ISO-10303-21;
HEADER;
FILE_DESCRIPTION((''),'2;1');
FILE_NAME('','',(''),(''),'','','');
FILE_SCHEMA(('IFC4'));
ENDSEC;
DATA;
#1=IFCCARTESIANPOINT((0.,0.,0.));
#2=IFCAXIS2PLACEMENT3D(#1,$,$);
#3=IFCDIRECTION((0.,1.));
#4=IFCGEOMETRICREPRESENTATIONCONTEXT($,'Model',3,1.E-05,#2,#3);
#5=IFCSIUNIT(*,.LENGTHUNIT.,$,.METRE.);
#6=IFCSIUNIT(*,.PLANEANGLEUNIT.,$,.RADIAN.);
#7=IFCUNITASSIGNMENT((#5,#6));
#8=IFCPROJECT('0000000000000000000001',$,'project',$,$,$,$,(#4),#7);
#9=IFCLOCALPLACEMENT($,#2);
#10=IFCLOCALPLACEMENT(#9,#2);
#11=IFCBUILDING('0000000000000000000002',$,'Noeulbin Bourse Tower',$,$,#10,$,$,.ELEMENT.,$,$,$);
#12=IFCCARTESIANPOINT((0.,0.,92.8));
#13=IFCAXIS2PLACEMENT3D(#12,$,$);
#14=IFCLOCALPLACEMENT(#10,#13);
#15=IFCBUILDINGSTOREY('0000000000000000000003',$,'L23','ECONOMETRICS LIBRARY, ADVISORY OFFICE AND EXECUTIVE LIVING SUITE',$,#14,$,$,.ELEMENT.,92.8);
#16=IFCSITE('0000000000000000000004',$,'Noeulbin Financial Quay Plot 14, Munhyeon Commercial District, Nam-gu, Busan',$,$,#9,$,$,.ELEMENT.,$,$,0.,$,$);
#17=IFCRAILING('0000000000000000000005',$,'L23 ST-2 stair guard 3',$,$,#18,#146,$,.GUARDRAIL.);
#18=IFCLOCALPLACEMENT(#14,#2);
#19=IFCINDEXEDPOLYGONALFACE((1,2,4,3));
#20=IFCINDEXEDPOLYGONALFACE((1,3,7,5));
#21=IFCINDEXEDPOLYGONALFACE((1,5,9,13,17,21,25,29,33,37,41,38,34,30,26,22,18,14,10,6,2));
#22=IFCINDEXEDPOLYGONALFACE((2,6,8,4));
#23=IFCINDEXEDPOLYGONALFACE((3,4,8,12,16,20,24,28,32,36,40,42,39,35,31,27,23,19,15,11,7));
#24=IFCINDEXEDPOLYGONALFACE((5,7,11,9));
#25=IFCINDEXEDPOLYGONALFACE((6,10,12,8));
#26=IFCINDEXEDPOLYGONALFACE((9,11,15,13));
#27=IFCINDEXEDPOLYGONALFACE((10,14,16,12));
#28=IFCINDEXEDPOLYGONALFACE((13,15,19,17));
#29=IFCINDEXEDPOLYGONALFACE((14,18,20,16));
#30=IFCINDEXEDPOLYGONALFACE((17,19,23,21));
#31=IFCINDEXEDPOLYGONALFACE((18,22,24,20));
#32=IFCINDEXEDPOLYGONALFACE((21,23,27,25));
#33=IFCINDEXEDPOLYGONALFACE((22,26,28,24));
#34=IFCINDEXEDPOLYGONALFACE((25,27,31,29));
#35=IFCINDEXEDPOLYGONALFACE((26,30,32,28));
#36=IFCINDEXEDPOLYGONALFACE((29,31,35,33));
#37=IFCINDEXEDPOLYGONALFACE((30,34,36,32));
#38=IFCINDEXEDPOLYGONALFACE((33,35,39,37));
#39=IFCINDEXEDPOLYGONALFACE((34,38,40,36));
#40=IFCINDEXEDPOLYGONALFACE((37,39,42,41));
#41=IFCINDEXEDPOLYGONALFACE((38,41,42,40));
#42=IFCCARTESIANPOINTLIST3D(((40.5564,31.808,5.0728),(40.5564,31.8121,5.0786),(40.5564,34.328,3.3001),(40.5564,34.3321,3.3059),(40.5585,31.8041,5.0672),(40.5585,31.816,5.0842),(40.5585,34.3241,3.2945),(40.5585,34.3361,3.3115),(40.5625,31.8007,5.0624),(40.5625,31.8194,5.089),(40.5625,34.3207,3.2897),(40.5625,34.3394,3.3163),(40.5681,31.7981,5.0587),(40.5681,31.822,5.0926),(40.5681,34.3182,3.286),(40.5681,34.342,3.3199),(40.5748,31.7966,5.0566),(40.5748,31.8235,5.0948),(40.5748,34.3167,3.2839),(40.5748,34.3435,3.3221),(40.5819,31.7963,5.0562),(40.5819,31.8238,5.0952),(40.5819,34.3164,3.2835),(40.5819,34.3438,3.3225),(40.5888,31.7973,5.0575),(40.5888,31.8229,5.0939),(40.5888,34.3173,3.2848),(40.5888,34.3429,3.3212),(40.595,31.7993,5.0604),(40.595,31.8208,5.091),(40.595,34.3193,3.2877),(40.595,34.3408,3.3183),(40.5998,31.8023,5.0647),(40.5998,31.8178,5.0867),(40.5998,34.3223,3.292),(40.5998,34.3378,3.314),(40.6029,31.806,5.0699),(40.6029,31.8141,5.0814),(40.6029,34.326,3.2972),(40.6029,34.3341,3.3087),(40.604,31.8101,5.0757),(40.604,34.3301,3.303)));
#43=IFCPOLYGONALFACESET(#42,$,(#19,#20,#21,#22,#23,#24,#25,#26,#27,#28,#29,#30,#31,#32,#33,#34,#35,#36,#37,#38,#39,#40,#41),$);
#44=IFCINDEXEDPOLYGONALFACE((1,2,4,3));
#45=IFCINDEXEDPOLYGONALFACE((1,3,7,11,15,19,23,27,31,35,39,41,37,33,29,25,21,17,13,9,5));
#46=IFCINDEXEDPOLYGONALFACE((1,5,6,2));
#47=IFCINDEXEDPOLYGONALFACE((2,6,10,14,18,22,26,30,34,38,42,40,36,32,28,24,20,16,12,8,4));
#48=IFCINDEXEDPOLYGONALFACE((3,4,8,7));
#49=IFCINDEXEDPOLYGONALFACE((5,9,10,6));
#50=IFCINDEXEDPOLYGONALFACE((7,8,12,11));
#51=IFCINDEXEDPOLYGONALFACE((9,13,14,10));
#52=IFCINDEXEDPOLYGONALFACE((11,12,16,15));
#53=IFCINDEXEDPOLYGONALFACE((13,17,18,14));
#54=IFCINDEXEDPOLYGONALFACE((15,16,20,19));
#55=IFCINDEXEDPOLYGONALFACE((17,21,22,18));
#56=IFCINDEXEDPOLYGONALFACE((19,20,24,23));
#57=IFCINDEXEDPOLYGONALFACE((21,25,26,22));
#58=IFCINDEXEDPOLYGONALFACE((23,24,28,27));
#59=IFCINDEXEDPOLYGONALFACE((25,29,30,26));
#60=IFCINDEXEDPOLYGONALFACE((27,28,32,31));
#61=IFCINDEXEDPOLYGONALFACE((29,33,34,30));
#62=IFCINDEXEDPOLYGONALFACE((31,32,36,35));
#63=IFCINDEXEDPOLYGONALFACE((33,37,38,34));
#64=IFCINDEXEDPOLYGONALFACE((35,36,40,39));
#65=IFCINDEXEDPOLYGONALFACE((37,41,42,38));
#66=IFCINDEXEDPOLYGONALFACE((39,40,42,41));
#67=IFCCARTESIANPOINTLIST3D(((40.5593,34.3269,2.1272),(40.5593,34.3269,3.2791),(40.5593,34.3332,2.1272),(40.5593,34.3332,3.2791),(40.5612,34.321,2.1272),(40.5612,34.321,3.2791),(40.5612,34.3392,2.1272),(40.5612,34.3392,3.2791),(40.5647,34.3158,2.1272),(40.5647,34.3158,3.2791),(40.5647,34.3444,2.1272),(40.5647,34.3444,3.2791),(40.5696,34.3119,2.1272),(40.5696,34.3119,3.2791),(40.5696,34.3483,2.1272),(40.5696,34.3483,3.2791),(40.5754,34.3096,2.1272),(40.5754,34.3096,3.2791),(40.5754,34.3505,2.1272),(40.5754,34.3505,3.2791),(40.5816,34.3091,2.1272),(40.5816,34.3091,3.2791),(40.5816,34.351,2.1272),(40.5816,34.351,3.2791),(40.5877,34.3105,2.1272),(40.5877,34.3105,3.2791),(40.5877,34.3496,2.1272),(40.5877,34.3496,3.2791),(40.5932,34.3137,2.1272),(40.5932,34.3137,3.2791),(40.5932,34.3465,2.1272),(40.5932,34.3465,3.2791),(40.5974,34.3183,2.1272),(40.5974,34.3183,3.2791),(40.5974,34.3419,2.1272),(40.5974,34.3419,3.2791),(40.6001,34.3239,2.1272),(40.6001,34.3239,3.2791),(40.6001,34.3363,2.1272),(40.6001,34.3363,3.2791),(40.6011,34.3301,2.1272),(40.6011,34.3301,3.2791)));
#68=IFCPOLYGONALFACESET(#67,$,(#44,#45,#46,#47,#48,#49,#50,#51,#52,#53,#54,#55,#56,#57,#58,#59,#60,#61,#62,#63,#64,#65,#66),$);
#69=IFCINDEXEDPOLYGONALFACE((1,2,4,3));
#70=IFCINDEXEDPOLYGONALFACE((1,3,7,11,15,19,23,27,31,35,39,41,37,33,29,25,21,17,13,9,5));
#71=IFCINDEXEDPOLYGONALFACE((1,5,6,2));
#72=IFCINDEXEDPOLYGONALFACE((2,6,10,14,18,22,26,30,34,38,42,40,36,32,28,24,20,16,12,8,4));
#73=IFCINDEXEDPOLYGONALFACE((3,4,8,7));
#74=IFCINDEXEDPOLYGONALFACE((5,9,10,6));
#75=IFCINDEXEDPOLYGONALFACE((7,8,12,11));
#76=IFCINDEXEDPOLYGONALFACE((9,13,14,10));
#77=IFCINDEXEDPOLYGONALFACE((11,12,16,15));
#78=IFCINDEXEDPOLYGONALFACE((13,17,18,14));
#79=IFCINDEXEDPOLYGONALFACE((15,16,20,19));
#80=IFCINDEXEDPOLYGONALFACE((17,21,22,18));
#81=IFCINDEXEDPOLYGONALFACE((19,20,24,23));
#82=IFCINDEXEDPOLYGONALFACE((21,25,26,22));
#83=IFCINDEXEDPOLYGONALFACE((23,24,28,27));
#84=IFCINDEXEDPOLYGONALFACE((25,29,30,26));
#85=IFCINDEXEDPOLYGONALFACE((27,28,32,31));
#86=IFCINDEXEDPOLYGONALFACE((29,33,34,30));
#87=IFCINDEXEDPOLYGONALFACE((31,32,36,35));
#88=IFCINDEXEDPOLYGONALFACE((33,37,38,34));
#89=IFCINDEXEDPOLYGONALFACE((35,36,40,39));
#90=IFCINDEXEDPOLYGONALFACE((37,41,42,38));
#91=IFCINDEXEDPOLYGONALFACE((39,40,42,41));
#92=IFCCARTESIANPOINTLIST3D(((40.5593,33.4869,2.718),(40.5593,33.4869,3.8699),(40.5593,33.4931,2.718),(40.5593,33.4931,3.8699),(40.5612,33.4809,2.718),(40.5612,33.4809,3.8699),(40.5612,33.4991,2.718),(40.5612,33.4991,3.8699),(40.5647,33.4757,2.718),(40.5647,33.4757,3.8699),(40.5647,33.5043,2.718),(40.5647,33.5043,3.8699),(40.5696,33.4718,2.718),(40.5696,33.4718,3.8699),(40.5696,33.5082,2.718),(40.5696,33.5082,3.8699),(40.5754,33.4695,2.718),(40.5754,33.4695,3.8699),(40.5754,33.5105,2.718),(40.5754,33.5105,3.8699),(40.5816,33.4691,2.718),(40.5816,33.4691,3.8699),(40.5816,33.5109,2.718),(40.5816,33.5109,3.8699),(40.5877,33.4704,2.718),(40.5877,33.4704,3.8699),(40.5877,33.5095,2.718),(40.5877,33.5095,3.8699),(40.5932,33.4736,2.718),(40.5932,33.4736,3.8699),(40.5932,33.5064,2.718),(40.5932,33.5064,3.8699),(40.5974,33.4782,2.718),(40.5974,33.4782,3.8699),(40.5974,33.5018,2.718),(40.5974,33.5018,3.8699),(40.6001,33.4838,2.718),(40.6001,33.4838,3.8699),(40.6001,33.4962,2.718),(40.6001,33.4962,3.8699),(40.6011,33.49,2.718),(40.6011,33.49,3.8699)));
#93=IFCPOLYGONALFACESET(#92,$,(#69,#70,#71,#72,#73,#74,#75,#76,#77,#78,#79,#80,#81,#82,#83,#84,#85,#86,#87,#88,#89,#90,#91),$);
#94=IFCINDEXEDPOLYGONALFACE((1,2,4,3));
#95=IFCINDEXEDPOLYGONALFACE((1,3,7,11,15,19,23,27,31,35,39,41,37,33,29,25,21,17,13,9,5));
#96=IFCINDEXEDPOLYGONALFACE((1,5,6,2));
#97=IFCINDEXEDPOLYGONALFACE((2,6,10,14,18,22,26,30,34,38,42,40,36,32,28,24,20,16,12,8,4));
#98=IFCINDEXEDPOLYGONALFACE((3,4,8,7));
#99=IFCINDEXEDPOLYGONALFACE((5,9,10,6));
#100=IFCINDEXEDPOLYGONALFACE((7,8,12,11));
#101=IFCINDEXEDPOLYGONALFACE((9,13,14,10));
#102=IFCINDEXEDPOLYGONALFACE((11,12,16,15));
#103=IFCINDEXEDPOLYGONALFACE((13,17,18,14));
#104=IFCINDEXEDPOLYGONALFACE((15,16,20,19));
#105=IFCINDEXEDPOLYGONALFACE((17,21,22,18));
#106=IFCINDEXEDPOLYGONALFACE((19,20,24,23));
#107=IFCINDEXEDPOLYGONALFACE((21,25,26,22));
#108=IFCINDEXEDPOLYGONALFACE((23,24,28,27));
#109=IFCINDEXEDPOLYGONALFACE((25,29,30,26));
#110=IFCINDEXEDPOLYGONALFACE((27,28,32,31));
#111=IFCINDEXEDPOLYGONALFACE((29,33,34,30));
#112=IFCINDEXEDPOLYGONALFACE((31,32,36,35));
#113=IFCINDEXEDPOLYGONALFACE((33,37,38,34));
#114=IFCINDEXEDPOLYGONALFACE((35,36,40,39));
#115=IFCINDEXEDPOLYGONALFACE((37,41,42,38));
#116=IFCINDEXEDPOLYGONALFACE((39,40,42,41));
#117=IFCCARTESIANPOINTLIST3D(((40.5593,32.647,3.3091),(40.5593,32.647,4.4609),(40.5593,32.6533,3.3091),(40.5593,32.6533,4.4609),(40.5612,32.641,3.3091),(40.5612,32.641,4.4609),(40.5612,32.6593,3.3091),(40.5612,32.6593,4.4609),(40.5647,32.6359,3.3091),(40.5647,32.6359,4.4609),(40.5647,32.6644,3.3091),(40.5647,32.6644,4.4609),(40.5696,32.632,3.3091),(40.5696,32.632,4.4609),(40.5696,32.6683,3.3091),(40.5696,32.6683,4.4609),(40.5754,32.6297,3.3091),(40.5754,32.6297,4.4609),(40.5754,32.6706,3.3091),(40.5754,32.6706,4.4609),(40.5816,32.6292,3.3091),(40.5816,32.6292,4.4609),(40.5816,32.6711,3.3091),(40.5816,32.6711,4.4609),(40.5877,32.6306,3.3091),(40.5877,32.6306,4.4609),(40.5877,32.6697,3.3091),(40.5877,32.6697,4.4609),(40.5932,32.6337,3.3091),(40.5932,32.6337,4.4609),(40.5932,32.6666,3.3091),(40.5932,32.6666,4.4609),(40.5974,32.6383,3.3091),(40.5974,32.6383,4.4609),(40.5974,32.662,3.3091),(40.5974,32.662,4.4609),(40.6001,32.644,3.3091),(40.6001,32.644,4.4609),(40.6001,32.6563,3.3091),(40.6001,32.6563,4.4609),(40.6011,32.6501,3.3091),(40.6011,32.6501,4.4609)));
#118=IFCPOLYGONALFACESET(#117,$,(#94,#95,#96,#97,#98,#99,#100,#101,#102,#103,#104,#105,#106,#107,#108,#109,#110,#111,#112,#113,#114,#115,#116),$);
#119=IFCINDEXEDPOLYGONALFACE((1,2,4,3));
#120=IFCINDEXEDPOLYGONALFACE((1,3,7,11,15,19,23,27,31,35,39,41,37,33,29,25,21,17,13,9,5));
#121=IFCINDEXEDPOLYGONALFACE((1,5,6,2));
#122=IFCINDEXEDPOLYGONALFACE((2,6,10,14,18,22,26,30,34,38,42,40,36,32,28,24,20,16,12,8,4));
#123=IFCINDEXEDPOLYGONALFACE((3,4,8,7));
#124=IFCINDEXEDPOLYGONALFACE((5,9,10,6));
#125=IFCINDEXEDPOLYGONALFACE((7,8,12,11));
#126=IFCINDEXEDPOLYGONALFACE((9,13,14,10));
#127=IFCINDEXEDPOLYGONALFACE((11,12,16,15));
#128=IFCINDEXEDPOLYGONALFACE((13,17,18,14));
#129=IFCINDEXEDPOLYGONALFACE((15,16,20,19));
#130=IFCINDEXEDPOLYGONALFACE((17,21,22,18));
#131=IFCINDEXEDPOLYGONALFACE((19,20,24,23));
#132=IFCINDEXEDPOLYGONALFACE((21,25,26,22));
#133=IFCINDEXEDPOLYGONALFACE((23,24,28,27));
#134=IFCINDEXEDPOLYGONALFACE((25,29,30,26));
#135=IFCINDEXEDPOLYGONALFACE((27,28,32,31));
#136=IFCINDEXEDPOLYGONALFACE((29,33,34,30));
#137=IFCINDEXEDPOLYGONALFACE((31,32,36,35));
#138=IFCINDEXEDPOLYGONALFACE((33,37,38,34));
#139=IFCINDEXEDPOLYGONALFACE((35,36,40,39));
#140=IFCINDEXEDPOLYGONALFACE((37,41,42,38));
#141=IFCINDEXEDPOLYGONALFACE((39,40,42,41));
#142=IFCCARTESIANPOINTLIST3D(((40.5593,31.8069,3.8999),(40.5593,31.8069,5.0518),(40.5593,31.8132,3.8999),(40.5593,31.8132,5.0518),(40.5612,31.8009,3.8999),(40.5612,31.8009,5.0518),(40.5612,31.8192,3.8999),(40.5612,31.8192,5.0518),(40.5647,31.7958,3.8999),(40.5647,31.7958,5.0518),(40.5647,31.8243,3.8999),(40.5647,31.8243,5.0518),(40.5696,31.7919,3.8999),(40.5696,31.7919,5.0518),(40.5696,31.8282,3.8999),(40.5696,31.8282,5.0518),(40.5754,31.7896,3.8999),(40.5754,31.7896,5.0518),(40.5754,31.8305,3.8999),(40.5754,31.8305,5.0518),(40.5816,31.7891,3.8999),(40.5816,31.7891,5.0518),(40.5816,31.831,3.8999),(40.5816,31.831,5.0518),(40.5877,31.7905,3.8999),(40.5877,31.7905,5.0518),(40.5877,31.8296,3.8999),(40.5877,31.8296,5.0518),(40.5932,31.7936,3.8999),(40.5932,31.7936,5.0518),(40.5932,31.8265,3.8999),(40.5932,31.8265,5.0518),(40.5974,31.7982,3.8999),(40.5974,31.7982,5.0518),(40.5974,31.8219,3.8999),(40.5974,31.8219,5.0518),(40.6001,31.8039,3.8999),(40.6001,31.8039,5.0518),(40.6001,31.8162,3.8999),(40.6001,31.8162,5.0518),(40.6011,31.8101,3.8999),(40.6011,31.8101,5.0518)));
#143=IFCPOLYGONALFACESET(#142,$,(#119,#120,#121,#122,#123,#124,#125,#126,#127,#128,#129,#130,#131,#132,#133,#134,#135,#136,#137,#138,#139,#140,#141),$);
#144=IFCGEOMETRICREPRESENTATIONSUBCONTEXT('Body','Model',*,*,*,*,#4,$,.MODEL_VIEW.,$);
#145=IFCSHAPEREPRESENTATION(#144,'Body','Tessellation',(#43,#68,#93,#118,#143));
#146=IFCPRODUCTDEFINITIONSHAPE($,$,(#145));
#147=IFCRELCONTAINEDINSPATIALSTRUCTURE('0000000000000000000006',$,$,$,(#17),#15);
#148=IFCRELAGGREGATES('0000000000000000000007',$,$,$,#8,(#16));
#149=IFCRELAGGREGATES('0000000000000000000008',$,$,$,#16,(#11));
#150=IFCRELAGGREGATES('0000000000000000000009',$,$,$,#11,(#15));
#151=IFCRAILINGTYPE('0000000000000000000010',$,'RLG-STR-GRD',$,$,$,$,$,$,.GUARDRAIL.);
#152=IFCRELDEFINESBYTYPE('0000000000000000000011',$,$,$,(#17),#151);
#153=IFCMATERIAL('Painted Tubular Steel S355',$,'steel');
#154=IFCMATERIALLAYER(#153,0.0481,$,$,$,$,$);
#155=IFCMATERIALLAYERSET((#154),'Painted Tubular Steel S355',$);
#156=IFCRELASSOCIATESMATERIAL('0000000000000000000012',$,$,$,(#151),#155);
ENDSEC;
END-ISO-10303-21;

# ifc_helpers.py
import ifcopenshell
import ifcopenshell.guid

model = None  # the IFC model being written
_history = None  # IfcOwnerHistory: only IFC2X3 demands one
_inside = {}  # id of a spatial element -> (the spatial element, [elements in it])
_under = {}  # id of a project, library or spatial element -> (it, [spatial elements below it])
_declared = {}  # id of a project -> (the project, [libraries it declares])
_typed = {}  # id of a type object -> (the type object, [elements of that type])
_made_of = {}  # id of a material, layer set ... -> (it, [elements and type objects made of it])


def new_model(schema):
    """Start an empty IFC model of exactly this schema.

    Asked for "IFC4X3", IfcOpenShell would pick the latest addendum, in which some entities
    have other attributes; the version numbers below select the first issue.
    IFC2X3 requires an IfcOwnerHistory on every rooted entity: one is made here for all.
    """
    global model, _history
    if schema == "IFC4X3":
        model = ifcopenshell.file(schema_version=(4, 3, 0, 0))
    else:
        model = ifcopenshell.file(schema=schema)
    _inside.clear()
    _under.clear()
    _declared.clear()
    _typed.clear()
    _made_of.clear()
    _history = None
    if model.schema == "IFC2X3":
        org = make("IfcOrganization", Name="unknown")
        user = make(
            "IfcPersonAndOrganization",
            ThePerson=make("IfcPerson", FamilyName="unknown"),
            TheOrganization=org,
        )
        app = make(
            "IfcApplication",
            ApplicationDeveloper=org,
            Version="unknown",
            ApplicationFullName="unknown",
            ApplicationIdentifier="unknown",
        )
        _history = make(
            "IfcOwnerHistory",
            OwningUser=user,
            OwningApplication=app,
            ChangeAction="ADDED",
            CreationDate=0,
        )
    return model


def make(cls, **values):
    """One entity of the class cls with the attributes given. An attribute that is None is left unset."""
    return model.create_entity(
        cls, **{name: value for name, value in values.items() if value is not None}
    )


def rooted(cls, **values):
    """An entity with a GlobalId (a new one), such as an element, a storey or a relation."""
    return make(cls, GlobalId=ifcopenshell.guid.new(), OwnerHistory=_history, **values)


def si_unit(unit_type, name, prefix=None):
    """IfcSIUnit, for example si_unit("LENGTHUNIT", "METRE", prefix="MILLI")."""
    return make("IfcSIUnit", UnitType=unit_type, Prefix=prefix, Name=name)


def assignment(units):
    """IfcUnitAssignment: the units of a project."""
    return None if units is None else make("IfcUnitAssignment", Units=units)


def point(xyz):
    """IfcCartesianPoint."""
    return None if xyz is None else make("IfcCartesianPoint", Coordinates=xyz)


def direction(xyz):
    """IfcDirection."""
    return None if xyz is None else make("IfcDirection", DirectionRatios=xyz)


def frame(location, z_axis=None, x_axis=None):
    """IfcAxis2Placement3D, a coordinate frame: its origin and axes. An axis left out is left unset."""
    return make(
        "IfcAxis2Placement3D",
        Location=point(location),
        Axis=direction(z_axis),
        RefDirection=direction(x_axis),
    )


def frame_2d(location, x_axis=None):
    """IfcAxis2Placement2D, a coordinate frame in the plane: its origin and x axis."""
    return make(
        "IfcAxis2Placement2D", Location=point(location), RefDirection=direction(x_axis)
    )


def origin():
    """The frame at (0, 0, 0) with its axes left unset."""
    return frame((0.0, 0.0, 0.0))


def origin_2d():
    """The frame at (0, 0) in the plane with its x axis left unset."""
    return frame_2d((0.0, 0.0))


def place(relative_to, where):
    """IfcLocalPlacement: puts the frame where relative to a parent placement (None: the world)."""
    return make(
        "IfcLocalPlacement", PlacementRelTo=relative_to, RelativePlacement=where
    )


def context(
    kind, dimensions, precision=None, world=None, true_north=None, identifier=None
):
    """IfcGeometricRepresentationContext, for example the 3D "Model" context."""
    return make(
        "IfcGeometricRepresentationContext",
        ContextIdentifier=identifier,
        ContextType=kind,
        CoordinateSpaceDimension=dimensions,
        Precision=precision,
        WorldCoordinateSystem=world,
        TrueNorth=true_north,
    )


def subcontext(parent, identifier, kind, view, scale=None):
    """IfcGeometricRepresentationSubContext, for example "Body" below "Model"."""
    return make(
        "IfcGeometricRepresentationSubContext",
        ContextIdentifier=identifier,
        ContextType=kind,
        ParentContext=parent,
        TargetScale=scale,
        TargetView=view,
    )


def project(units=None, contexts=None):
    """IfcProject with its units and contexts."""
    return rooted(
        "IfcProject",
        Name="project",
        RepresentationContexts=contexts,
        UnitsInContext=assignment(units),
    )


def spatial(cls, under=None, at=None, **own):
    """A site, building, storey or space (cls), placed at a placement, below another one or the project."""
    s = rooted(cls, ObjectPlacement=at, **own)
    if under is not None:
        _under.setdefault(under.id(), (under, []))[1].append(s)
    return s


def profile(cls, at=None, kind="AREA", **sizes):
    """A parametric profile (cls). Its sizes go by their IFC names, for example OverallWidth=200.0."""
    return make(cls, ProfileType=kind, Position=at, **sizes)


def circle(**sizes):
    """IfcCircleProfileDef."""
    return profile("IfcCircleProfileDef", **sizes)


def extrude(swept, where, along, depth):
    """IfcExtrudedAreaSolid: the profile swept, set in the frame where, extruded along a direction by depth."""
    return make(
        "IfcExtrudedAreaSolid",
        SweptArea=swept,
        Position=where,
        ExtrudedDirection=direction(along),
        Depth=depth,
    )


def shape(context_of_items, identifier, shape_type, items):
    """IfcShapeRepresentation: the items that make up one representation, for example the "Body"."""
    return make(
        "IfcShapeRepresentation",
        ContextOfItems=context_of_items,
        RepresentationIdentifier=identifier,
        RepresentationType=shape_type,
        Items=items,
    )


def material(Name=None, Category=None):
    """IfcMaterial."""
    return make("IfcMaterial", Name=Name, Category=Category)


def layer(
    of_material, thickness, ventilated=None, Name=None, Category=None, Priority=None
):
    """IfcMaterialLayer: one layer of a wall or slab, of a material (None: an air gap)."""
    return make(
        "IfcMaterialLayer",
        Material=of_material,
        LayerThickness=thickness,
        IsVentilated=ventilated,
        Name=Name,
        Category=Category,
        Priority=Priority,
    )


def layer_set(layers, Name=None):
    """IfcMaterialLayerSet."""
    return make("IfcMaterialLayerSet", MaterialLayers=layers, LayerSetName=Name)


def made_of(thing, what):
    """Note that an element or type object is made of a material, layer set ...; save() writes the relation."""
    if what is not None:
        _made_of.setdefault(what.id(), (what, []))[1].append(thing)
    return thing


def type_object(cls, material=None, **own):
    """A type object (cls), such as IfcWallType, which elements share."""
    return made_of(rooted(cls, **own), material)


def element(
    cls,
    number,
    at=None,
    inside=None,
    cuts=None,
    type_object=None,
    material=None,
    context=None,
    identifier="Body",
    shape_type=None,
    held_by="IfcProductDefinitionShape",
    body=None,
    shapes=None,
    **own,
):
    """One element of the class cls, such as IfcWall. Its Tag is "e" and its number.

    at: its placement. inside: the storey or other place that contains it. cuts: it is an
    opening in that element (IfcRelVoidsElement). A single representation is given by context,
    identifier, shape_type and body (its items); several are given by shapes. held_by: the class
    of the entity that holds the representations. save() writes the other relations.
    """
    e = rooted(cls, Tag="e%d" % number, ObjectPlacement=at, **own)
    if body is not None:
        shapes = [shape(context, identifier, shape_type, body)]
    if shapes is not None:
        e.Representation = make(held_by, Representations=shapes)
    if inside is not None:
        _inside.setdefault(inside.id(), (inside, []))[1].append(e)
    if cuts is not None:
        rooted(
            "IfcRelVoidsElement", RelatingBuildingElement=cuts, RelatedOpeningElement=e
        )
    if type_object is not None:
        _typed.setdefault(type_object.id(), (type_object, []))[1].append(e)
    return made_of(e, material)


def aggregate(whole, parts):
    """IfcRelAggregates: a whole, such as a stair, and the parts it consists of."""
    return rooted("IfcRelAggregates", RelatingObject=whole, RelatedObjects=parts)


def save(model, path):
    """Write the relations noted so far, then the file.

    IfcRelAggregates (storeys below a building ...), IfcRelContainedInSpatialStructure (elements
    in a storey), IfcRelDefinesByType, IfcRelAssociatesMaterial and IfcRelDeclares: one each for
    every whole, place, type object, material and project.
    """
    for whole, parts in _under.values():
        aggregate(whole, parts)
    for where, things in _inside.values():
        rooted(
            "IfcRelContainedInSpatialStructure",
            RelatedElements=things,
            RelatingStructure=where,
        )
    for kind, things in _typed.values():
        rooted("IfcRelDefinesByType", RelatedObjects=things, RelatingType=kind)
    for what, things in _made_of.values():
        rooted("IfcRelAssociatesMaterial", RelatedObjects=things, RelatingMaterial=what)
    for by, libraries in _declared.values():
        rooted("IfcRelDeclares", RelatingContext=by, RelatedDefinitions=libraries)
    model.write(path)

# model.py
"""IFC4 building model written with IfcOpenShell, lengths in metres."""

from ifc_helpers import new_model, si_unit, direction, frame, origin, origin_2d, place, context, subcontext, project, spatial, circle, extrude, material, layer, layer_set, type_object, element, save


model = new_model("IFC4")

# Units and contexts
model_context = context("Model", 3, precision=1e-05, world=origin(), true_north=direction((0.0, 1.0)))
body_context = subcontext(model_context, "Body", "Model", "MODEL_VIEW")
ifc_project = project(units=[si_unit("LENGTHUNIT", "METRE"), si_unit("PLANEANGLEUNIT", "RADIAN")], contexts=[model_context])

# Site, building, storey
site_placement = place(None, origin())
site = spatial("IfcSite", under=ifc_project, at=site_placement, Name="Noeulbin Financial Quay Plot 14, Munhyeon Commercial District, Nam-gu, Busan", CompositionType="ELEMENT", RefElevation=0.0)
building_placement = place(site_placement, origin())
building = spatial("IfcBuilding", under=site, at=building_placement, Name="Noeulbin Bourse Tower", CompositionType="ELEMENT")
storey_placement = place(building_placement, frame((0.0, 0.0, 92.8)))
storey = spatial("IfcBuildingStorey", under=building, at=storey_placement, Name="L23", Description="ECONOMETRICS LIBRARY, ADVISORY OFFICE AND EXECUTIVE LIVING SUITE", CompositionType="ELEMENT", Elevation=92.8)

# Railing
ifc_material_1 = material(Name="Painted Tubular Steel S355", Category="steel")
ifc_layer_1 = layer(ifc_material_1, 0.0481)
ifc_layer_set_1 = layer_set([ifc_layer_1], Name="Painted Tubular Steel S355")
railing_type_1 = type_object("IfcRailingType", Name="RLG-STR-GRD", PredefinedType="GUARDRAIL", material=ifc_layer_set_1)
railing_1_placement = place(storey_placement, frame((40.5801, 34.3301, 2.1272)))
element("IfcRailing", 1, at=railing_1_placement, inside=storey, type_object=railing_type_1, Name="L23 ST-2 stair guard 3", PredefinedType="GUARDRAIL", context=body_context, shape_type="SweptSolid", body=[
    extrude(circle(Radius=0.0239, at=origin_2d()), frame((0.0, 0.0, 1.1758), z_axis=(0.0, -0.817904, 0.575354), x_axis=(1.0, 0.0, 0.0)), (0.0, 0.0, 1.0), 3.0811),
    extrude(circle(Radius=0.021, at=origin_2d()), origin(), (0.0, 0.0, 1.0), 1.1519),
    extrude(circle(Radius=0.021, at=origin_2d()), frame((0.0, -0.8401, 0.5908)), (0.0, 0.0, 1.0), 1.1519),
    extrude(circle(Radius=0.021, at=origin_2d()), frame((0.0, -1.6799, 1.1819)), (0.0, 0.0, 1.0), 1.1519),
    extrude(circle(Radius=0.021, at=origin_2d()), frame((0.0, -2.52, 1.7727)), (0.0, 0.0, 1.0), 1.1519),
])

save(model, "model.ifc")
